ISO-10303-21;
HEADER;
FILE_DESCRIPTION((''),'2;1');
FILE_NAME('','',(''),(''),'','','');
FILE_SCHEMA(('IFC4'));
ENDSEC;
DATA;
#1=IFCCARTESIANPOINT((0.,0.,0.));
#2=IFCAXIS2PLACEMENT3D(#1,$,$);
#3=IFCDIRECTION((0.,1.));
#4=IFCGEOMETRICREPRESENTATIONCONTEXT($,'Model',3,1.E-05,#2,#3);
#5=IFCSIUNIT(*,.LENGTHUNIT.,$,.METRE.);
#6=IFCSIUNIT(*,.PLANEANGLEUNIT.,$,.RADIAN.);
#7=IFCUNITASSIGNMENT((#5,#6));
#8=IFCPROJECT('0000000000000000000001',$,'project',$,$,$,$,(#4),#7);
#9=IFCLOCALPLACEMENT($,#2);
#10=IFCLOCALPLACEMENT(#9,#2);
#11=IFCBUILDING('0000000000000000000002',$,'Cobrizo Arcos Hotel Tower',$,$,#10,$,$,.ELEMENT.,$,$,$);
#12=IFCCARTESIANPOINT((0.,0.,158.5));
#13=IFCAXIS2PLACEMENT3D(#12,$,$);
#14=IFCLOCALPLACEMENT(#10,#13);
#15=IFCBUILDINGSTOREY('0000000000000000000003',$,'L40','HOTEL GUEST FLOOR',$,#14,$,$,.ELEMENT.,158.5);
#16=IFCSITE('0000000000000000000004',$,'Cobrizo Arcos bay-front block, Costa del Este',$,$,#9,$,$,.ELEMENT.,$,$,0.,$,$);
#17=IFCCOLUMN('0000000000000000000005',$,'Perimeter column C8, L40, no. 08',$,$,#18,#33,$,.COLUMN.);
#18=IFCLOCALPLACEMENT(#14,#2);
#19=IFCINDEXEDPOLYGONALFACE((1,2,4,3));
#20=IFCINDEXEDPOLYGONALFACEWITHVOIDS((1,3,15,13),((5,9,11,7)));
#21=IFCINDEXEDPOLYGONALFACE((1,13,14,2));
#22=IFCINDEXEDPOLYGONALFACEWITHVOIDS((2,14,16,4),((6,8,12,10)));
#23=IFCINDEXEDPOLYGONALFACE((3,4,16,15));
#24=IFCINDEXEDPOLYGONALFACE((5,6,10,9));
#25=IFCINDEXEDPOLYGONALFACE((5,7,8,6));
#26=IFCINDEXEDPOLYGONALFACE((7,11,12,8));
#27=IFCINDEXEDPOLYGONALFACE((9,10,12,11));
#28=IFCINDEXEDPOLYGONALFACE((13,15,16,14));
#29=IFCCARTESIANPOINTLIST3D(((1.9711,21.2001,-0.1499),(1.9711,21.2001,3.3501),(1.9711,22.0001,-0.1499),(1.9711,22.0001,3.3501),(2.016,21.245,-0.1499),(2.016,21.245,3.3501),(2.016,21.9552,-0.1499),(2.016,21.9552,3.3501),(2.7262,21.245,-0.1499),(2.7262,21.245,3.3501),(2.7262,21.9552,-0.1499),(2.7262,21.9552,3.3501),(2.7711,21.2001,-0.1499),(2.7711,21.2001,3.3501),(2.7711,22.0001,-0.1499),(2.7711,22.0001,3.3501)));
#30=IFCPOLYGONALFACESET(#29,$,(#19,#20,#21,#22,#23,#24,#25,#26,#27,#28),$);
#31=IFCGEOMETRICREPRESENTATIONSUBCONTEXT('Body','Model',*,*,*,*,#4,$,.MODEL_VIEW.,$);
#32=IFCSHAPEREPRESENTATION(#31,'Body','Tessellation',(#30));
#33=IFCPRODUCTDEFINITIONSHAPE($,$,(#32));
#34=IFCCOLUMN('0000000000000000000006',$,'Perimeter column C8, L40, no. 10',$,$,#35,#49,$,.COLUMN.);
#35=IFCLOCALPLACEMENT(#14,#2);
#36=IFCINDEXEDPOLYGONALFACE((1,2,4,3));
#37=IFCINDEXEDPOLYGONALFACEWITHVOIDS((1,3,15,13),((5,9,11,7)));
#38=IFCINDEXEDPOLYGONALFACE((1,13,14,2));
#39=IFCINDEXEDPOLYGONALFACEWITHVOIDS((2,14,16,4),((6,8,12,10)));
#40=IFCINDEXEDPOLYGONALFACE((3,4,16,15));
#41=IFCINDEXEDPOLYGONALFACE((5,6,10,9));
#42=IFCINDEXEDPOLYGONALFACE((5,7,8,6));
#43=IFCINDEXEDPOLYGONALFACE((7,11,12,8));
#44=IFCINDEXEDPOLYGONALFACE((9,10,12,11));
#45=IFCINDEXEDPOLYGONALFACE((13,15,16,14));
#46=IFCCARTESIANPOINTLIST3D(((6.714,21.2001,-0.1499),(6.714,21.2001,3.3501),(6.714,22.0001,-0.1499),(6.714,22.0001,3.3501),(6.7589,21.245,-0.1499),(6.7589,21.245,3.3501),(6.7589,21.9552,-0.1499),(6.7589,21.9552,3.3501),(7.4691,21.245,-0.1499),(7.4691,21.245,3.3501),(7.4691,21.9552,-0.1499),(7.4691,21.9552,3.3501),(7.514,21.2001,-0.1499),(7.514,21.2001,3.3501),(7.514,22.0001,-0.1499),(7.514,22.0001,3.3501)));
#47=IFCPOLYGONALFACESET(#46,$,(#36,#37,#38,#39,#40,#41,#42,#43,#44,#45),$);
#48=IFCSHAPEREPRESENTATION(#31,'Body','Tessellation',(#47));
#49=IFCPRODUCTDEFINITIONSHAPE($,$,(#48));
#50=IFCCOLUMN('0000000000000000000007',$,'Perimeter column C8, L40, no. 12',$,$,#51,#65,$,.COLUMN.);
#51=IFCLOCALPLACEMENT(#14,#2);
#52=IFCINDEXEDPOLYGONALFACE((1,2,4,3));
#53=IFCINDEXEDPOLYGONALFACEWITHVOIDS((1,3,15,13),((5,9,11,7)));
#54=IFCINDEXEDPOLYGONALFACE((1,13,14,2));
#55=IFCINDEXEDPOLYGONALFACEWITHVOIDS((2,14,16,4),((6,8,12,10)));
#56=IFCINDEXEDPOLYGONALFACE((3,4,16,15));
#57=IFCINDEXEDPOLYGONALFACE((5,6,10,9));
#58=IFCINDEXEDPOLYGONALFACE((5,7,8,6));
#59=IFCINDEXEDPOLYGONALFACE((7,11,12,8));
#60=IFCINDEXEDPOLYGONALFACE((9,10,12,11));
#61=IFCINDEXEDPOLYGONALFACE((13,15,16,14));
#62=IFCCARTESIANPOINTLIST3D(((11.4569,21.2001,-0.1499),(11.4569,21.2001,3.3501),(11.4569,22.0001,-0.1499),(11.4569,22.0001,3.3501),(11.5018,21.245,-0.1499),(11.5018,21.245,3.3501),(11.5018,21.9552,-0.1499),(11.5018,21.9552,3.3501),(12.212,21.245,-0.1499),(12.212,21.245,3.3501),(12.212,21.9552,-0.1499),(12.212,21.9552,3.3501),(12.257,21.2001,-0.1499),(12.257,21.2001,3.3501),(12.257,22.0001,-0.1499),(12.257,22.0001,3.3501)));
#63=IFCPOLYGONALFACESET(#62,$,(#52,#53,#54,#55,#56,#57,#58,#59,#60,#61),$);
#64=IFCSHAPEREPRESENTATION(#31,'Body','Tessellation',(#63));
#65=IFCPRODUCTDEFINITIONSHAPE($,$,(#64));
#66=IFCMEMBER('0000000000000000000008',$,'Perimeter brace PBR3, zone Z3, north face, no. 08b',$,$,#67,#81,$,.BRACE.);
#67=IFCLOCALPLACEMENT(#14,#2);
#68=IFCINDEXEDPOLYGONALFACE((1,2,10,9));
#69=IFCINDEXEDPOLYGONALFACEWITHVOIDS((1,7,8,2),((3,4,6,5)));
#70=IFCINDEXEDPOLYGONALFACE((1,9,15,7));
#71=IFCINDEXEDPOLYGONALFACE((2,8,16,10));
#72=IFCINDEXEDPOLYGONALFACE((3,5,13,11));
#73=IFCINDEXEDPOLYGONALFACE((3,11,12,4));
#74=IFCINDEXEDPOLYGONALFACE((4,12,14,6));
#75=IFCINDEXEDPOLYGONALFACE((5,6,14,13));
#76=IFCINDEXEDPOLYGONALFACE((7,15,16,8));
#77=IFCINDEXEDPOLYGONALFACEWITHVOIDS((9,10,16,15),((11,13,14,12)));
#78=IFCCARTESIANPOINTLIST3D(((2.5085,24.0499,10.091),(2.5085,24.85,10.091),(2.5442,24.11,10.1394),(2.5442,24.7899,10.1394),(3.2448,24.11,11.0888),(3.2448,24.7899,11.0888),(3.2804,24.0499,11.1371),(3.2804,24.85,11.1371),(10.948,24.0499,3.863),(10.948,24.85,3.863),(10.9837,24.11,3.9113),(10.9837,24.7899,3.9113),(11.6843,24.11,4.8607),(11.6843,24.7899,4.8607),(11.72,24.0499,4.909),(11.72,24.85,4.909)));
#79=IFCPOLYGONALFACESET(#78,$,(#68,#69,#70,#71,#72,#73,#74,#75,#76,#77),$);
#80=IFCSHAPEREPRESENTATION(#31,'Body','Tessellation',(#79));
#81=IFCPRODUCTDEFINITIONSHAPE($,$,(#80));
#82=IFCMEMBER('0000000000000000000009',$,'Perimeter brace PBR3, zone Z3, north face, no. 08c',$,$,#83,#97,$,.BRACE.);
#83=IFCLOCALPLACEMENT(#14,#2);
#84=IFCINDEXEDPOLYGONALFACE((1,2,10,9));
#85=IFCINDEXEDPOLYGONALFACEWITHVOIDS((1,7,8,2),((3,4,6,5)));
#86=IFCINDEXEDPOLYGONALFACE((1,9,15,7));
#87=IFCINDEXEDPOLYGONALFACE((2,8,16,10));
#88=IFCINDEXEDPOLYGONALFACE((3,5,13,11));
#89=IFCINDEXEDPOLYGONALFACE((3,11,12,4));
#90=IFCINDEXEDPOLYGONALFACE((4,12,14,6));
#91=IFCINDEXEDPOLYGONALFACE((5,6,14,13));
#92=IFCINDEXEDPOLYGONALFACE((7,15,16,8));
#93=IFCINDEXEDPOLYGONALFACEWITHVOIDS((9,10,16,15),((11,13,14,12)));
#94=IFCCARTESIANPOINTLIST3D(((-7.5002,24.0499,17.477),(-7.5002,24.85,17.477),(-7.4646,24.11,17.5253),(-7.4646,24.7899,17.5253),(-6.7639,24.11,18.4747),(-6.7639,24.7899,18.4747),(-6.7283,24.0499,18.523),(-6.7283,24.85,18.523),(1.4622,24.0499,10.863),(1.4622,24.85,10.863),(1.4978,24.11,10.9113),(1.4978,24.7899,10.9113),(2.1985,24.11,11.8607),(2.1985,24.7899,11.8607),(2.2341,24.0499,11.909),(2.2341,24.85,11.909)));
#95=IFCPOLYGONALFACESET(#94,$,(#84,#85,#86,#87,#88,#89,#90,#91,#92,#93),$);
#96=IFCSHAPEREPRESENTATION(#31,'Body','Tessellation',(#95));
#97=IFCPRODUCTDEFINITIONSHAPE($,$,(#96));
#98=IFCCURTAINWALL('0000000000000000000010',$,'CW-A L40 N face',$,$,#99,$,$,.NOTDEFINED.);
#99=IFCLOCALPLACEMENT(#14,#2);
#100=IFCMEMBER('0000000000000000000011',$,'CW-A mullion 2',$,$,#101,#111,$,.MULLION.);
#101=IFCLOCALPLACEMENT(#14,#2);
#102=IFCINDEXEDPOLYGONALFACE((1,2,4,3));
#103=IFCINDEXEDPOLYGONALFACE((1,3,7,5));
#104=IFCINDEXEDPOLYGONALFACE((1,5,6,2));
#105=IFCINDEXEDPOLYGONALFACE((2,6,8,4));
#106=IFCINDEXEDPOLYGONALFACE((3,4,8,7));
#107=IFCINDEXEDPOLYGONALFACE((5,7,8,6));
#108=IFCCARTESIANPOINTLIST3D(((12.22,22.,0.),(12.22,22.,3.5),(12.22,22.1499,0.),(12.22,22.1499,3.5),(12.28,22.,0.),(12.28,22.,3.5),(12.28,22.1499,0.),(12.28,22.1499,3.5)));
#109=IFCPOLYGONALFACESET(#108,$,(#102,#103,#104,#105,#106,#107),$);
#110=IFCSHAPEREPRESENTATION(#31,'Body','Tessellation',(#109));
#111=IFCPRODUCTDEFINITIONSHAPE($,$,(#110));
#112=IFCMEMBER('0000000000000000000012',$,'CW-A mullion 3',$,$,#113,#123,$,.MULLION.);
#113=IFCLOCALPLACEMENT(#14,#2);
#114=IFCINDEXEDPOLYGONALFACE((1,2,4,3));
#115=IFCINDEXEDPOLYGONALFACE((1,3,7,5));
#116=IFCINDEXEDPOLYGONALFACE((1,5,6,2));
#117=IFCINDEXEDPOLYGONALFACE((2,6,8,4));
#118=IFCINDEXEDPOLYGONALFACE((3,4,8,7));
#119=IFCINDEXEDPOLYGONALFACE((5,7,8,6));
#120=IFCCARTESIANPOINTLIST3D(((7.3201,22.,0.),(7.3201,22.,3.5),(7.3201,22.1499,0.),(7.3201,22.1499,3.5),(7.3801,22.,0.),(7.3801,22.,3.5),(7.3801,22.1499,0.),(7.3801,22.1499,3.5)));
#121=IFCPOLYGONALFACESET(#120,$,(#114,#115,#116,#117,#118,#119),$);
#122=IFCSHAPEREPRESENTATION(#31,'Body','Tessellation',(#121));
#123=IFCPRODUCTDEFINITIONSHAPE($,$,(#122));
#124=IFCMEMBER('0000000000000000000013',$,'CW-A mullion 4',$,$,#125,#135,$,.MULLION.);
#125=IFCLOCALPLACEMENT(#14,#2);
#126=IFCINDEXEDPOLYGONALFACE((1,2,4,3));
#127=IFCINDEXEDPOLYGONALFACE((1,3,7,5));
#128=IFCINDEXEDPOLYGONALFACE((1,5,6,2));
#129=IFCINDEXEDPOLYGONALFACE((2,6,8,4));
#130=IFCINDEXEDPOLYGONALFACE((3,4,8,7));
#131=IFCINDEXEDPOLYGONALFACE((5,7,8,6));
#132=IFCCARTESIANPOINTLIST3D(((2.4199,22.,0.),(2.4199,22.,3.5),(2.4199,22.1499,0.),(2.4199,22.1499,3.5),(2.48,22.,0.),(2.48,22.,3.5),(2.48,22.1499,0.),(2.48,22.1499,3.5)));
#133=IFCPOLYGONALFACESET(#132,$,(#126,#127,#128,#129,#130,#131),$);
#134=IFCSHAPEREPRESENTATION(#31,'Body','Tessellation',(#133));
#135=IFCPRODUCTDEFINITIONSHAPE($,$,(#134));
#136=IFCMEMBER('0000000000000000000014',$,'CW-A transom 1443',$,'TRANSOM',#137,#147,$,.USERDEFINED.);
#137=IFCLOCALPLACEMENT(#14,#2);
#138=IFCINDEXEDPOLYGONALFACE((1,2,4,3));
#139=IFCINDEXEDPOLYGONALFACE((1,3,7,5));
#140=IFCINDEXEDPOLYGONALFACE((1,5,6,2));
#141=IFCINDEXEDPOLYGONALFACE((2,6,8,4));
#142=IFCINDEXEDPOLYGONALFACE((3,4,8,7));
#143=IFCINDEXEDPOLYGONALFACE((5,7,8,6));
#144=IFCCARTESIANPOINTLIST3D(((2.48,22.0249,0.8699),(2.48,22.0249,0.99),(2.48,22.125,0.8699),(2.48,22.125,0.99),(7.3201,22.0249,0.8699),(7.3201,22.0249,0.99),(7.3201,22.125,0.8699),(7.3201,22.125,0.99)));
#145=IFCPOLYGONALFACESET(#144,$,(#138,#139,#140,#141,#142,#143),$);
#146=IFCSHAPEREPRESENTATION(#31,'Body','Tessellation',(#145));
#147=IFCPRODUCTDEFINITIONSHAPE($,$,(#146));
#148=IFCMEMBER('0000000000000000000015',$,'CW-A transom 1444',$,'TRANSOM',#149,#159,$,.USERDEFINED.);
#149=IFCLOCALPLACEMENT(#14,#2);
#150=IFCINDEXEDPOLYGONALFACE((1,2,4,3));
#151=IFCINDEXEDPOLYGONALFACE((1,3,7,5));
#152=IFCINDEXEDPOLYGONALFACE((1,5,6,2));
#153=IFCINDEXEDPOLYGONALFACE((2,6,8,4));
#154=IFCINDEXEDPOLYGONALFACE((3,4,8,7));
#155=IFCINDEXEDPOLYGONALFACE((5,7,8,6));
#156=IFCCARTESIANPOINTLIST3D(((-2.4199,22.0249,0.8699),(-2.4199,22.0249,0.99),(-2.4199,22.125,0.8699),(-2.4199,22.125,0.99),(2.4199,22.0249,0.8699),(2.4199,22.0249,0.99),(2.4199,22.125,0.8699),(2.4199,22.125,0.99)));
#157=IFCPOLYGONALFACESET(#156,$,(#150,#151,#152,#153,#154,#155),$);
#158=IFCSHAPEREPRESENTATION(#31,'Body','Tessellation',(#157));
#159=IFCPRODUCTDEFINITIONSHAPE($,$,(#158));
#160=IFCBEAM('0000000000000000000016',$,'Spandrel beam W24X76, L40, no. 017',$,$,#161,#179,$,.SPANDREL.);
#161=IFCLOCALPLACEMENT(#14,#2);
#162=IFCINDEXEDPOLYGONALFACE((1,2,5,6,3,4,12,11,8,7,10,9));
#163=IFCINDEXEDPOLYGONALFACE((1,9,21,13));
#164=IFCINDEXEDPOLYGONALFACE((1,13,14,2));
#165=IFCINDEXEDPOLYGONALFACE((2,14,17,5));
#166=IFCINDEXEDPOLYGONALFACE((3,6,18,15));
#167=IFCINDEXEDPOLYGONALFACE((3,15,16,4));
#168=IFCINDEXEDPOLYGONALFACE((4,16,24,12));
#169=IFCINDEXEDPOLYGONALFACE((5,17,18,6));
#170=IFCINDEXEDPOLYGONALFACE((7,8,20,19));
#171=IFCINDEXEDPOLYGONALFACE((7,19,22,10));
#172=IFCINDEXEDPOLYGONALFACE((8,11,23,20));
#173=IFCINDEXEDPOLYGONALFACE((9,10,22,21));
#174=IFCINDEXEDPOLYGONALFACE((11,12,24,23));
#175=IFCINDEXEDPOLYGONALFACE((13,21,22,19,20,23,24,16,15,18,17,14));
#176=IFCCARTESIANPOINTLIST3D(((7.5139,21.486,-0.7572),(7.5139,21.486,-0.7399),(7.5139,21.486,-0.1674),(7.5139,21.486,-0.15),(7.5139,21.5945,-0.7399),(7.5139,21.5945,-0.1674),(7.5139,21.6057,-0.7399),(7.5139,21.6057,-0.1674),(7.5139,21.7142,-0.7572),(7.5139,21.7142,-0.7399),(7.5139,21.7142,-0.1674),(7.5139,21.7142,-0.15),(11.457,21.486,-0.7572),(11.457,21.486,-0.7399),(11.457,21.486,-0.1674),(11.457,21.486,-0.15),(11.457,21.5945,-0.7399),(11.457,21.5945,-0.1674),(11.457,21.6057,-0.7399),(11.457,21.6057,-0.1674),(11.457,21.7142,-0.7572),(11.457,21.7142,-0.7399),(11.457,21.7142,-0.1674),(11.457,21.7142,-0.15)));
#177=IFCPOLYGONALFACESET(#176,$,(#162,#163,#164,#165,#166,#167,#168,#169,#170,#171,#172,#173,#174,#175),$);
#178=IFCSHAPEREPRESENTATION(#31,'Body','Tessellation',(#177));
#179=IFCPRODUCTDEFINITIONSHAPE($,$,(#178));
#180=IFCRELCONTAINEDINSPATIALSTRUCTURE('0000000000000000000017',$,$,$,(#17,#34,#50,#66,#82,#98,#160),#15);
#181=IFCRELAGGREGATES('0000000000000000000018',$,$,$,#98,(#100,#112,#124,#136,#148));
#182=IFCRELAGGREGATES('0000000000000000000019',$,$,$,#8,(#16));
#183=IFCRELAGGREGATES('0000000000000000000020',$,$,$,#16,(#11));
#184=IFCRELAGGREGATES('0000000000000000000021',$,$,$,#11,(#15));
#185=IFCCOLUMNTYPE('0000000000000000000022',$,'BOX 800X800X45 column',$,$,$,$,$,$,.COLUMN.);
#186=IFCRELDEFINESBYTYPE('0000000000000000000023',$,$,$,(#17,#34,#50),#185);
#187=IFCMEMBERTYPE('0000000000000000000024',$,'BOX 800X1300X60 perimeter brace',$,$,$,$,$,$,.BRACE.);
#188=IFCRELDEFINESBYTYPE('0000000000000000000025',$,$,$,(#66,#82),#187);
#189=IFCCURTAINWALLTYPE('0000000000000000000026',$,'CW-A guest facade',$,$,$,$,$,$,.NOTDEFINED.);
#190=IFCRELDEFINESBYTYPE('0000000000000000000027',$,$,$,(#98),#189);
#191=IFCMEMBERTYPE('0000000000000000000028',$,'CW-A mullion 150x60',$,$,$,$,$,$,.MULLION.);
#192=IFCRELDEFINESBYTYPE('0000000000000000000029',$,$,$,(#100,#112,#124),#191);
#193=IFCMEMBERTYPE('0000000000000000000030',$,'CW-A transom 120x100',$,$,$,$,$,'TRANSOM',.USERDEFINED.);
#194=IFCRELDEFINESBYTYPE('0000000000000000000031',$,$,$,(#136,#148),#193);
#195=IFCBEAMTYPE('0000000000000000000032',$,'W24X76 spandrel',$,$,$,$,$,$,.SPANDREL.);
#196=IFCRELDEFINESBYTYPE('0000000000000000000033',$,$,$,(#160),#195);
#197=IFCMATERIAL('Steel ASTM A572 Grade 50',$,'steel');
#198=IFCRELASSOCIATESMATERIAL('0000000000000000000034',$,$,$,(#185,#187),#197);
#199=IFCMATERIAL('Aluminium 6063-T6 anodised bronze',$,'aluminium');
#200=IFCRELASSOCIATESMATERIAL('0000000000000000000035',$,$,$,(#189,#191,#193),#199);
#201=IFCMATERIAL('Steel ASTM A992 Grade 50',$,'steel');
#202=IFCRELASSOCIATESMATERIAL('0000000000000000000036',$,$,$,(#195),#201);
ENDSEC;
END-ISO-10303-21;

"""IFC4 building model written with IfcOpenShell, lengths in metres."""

from ifc_helpers import new_model, si_unit, direction, frame, origin, origin_2d, place, context, subcontext, project, spatial, rectangle, hollow_rectangle, i_section, extrude, material, material_profile, profile_set, type_object, element, aggregate, save


model = new_model("IFC4")

# Units and contexts
model_context = context("Model", 3, precision=1e-05, world=origin(), true_north=direction((0.0, 1.0)))
body_context = subcontext(model_context, "Body", "Model", "MODEL_VIEW")
ifc_project = project(units=[si_unit("LENGTHUNIT", "METRE"), si_unit("PLANEANGLEUNIT", "RADIAN")], contexts=[model_context])

# Site, building, storey
site_placement = place(None, origin())
site = spatial("IfcSite", under=ifc_project, at=site_placement, Name="Cobrizo Arcos bay-front block, Costa del Este", CompositionType="ELEMENT", RefElevation=0.0)
building_placement = place(site_placement, origin())
building = spatial("IfcBuilding", under=site, at=building_placement, Name="Cobrizo Arcos Hotel Tower", CompositionType="ELEMENT")
storey_placement = place(building_placement, frame((0.0, 0.0, 158.5)))
storey = spatial("IfcBuildingStorey", under=building, at=storey_placement, Name="L40", Description="HOTEL GUEST FLOOR", CompositionType="ELEMENT", Elevation=158.5)

# Columns
ifc_material_1 = material(Name="Steel ASTM A572 Grade 50", Category="steel")
ifc_material_profile_1 = material_profile(ifc_material_1, hollow_rectangle(XDim=0.8, YDim=0.8, WallThickness=0.0449, at=origin_2d()), Name="BOX 800X800X45")
ifc_profile_set_1 = profile_set([ifc_material_profile_1], Name="Steel ASTM A572 Grade 50")
column_type = type_object("IfcColumnType", Name="BOX 800X800X45 column", PredefinedType="COLUMN", material=ifc_profile_set_1)
for number, where, z_axis, x_axis, name in (
    (1, (2.3711, 21.6001, -0.1499), (0.0, 0.0, 1.0), (1.0, 0.0, 0.0), "Perimeter column C8, L40, no. 08"),
    (2, (7.114, 21.6001, -0.1499), (0.0, 0.0, 1.0), (1.0, 0.0, 0.0), "Perimeter column C8, L40, no. 10"),
    (3, (11.8569, 21.6001, -0.1499), (0.0, 0.0, 1.0), (1.0, 0.0, 0.0), "Perimeter column C8, L40, no. 12"),
):
    element("IfcColumn", number, at=place(storey_placement, frame(where, z_axis=z_axis, x_axis=x_axis)), inside=storey, type_object=column_type, Name=name, PredefinedType="COLUMN", context=body_context, shape_type="SweptSolid", body=[
        extrude(hollow_rectangle(XDim=0.8, YDim=0.8, WallThickness=0.0449, at=origin_2d()), origin(), (0.0, 0.0, 1.0), 3.5),
    ])

# Members
ifc_material_profile_2 = material_profile(ifc_material_1, hollow_rectangle(XDim=0.8, YDim=1.3, WallThickness=0.0601, at=origin_2d()), Name="BOX 800X1300X60")
ifc_profile_set_2 = profile_set([ifc_material_profile_2], Name="Steel ASTM A572 Grade 50")
member_type_1 = type_object("IfcMemberType", Name="BOX 800X1300X60 perimeter brace", PredefinedType="BRACE", material=ifc_profile_set_2)
member_1_placement = place(storey_placement, frame((11.334, 24.45, 4.386), z_axis=(-0.804624, 0.0, 0.593785), x_axis=(0.0, -1.0, 0.0)))
element("IfcMember", 4, at=member_1_placement, inside=storey, type_object=member_type_1, Name="Perimeter brace PBR3, zone Z3, north face, no. 08b", PredefinedType="BRACE", context=body_context, shape_type="SweptSolid", body=[
    extrude(hollow_rectangle(XDim=0.8, YDim=1.3, WallThickness=0.0601, at=origin_2d()), origin(), (0.0, 0.0, 1.0), 10.4888),
])
member_2_placement = place(storey_placement, frame((1.8481, 24.45, 11.386), z_axis=(-0.804621, 0.0, 0.593789), x_axis=(0.0, -1.0, 0.0)))
element("IfcMember", 5, at=member_2_placement, inside=storey, type_object=member_type_1, Name="Perimeter brace PBR3, zone Z3, north face, no. 08c", PredefinedType="BRACE", context=body_context, shape_type="SweptSolid", body=[
    extrude(hollow_rectangle(XDim=0.8, YDim=1.3, WallThickness=0.0601, at=origin_2d()), origin(), (0.0, 0.0, 1.0), 11.1387),
])

# Curtain wall, members
ifc_material_2 = material(Name="Aluminium 6063-T6 anodised bronze", Category="aluminium")
curtain_wall_type = type_object("IfcCurtainWallType", Name="CW-A guest facade", PredefinedType="NOTDEFINED", material=ifc_material_2)
curtain_wall_placement = place(storey_placement, origin())
curtain_wall = element("IfcCurtainWall", 6, at=curtain_wall_placement, inside=storey, type_object=curtain_wall_type, Name="CW-A L40 N face", PredefinedType="NOTDEFINED")
ifc_material_profile_3 = material_profile(ifc_material_2, rectangle(XDim=0.1499, YDim=0.0601, at=origin_2d()), Name="CW-A mullion 150x60")
ifc_profile_set_3 = profile_set([ifc_material_profile_3], Name="Aluminium 6063-T6 anodised bronze")
member_type_2 = type_object("IfcMemberType", Name="CW-A mullion 150x60", PredefinedType="MULLION", material=ifc_profile_set_3)
member_3_placement = place(storey_placement, frame((12.25, 22.075, 0.0), z_axis=(0.0, 0.0, 1.0), x_axis=(0.0, 1.0, 0.0)))
member_3 = element("IfcMember", 7, at=member_3_placement, type_object=member_type_2, Name="CW-A mullion 2", PredefinedType="MULLION", context=body_context, shape_type="SweptSolid", body=[
    extrude(rectangle(XDim=0.1499, YDim=0.0601, at=origin_2d()), origin(), (0.0, 0.0, 1.0), 3.5),
])
member_4_placement = place(storey_placement, frame((7.3501, 22.075, 0.0), z_axis=(0.0, 0.0, 1.0), x_axis=(0.0, 1.0, 0.0)))
member_4 = element("IfcMember", 8, at=member_4_placement, type_object=member_type_2, Name="CW-A mullion 3", PredefinedType="MULLION", context=body_context, shape_type="SweptSolid", body=[
    extrude(rectangle(XDim=0.1499, YDim=0.0601, at=origin_2d()), origin(), (0.0, 0.0, 1.0), 3.5),
])
member_5_placement = place(storey_placement, frame((2.45, 22.075, 0.0), z_axis=(0.0, 0.0, 1.0), x_axis=(0.0, 1.0, 0.0)))
member_5 = element("IfcMember", 9, at=member_5_placement, type_object=member_type_2, Name="CW-A mullion 4", PredefinedType="MULLION", context=body_context, shape_type="SweptSolid", body=[
    extrude(rectangle(XDim=0.1499, YDim=0.0601, at=origin_2d()), origin(), (0.0, 0.0, 1.0), 3.5),
])
ifc_material_profile_4 = material_profile(ifc_material_2, rectangle(XDim=0.1001, YDim=0.1201, at=origin_2d()), Name="CW-A transom 120x100")
ifc_profile_set_4 = profile_set([ifc_material_profile_4], Name="Aluminium 6063-T6 anodised bronze")
member_type_3 = type_object("IfcMemberType", Name="CW-A transom 120x100", ElementType="TRANSOM", PredefinedType="USERDEFINED", material=ifc_profile_set_4)
member_6_placement = place(storey_placement, frame((7.3201, 22.075, 0.9299), z_axis=(-1.0, 0.0, 0.0), x_axis=(0.0, -1.0, 0.0)))
member_6 = element("IfcMember", 10, at=member_6_placement, type_object=member_type_3, Name="CW-A transom 1443", ObjectType="TRANSOM", PredefinedType="USERDEFINED", context=body_context, shape_type="SweptSolid", body=[
    extrude(rectangle(XDim=0.1001, YDim=0.1201, at=origin_2d()), origin(), (0.0, 0.0, 1.0), 4.8401),
])
member_7_placement = place(storey_placement, frame((2.4199, 22.075, 0.9299), z_axis=(-1.0, 0.0, 0.0), x_axis=(0.0, -1.0, 0.0)))
member_7 = element("IfcMember", 11, at=member_7_placement, type_object=member_type_3, Name="CW-A transom 1444", ObjectType="TRANSOM", PredefinedType="USERDEFINED", context=body_context, shape_type="SweptSolid", body=[
    extrude(rectangle(XDim=0.1001, YDim=0.1201, at=origin_2d()), origin(), (0.0, 0.0, 1.0), 4.8398),
])

# Beam
ifc_material_3 = material(Name="Steel ASTM A992 Grade 50", Category="steel")
ifc_material_profile_5 = material_profile(ifc_material_3, i_section(OverallWidth=0.2283, OverallDepth=0.6072, WebThickness=0.0112, FlangeThickness=0.0173, at=origin_2d()), Name="W24X76")
ifc_profile_set_5 = profile_set([ifc_material_profile_5], Name="Steel ASTM A992 Grade 50")
beam_type = type_object("IfcBeamType", Name="W24X76 spandrel", PredefinedType="SPANDREL", material=ifc_profile_set_5)
for number, where, z_axis, x_axis, name in (
    (12, (11.457, 21.6001, -0.4536), (-1.0, 0.0, 0.0), (0.0, -1.0, 0.0), "Spandrel beam W24X76, L40, no. 017"),
):
    element("IfcBeam", number, at=place(storey_placement, frame(where, z_axis=z_axis, x_axis=x_axis)), inside=storey, type_object=beam_type, Name=name, PredefinedType="SPANDREL", context=body_context, shape_type="SweptSolid", body=[
        extrude(i_section(OverallWidth=0.2283, OverallDepth=0.6072, WebThickness=0.0112, FlangeThickness=0.0173, at=origin_2d()), origin(), (0.0, 0.0, 1.0), 3.9431),
    ])

aggregate(curtain_wall, [member_3, member_4, member_5, member_6, member_7])

save(model, "model.ifc")
